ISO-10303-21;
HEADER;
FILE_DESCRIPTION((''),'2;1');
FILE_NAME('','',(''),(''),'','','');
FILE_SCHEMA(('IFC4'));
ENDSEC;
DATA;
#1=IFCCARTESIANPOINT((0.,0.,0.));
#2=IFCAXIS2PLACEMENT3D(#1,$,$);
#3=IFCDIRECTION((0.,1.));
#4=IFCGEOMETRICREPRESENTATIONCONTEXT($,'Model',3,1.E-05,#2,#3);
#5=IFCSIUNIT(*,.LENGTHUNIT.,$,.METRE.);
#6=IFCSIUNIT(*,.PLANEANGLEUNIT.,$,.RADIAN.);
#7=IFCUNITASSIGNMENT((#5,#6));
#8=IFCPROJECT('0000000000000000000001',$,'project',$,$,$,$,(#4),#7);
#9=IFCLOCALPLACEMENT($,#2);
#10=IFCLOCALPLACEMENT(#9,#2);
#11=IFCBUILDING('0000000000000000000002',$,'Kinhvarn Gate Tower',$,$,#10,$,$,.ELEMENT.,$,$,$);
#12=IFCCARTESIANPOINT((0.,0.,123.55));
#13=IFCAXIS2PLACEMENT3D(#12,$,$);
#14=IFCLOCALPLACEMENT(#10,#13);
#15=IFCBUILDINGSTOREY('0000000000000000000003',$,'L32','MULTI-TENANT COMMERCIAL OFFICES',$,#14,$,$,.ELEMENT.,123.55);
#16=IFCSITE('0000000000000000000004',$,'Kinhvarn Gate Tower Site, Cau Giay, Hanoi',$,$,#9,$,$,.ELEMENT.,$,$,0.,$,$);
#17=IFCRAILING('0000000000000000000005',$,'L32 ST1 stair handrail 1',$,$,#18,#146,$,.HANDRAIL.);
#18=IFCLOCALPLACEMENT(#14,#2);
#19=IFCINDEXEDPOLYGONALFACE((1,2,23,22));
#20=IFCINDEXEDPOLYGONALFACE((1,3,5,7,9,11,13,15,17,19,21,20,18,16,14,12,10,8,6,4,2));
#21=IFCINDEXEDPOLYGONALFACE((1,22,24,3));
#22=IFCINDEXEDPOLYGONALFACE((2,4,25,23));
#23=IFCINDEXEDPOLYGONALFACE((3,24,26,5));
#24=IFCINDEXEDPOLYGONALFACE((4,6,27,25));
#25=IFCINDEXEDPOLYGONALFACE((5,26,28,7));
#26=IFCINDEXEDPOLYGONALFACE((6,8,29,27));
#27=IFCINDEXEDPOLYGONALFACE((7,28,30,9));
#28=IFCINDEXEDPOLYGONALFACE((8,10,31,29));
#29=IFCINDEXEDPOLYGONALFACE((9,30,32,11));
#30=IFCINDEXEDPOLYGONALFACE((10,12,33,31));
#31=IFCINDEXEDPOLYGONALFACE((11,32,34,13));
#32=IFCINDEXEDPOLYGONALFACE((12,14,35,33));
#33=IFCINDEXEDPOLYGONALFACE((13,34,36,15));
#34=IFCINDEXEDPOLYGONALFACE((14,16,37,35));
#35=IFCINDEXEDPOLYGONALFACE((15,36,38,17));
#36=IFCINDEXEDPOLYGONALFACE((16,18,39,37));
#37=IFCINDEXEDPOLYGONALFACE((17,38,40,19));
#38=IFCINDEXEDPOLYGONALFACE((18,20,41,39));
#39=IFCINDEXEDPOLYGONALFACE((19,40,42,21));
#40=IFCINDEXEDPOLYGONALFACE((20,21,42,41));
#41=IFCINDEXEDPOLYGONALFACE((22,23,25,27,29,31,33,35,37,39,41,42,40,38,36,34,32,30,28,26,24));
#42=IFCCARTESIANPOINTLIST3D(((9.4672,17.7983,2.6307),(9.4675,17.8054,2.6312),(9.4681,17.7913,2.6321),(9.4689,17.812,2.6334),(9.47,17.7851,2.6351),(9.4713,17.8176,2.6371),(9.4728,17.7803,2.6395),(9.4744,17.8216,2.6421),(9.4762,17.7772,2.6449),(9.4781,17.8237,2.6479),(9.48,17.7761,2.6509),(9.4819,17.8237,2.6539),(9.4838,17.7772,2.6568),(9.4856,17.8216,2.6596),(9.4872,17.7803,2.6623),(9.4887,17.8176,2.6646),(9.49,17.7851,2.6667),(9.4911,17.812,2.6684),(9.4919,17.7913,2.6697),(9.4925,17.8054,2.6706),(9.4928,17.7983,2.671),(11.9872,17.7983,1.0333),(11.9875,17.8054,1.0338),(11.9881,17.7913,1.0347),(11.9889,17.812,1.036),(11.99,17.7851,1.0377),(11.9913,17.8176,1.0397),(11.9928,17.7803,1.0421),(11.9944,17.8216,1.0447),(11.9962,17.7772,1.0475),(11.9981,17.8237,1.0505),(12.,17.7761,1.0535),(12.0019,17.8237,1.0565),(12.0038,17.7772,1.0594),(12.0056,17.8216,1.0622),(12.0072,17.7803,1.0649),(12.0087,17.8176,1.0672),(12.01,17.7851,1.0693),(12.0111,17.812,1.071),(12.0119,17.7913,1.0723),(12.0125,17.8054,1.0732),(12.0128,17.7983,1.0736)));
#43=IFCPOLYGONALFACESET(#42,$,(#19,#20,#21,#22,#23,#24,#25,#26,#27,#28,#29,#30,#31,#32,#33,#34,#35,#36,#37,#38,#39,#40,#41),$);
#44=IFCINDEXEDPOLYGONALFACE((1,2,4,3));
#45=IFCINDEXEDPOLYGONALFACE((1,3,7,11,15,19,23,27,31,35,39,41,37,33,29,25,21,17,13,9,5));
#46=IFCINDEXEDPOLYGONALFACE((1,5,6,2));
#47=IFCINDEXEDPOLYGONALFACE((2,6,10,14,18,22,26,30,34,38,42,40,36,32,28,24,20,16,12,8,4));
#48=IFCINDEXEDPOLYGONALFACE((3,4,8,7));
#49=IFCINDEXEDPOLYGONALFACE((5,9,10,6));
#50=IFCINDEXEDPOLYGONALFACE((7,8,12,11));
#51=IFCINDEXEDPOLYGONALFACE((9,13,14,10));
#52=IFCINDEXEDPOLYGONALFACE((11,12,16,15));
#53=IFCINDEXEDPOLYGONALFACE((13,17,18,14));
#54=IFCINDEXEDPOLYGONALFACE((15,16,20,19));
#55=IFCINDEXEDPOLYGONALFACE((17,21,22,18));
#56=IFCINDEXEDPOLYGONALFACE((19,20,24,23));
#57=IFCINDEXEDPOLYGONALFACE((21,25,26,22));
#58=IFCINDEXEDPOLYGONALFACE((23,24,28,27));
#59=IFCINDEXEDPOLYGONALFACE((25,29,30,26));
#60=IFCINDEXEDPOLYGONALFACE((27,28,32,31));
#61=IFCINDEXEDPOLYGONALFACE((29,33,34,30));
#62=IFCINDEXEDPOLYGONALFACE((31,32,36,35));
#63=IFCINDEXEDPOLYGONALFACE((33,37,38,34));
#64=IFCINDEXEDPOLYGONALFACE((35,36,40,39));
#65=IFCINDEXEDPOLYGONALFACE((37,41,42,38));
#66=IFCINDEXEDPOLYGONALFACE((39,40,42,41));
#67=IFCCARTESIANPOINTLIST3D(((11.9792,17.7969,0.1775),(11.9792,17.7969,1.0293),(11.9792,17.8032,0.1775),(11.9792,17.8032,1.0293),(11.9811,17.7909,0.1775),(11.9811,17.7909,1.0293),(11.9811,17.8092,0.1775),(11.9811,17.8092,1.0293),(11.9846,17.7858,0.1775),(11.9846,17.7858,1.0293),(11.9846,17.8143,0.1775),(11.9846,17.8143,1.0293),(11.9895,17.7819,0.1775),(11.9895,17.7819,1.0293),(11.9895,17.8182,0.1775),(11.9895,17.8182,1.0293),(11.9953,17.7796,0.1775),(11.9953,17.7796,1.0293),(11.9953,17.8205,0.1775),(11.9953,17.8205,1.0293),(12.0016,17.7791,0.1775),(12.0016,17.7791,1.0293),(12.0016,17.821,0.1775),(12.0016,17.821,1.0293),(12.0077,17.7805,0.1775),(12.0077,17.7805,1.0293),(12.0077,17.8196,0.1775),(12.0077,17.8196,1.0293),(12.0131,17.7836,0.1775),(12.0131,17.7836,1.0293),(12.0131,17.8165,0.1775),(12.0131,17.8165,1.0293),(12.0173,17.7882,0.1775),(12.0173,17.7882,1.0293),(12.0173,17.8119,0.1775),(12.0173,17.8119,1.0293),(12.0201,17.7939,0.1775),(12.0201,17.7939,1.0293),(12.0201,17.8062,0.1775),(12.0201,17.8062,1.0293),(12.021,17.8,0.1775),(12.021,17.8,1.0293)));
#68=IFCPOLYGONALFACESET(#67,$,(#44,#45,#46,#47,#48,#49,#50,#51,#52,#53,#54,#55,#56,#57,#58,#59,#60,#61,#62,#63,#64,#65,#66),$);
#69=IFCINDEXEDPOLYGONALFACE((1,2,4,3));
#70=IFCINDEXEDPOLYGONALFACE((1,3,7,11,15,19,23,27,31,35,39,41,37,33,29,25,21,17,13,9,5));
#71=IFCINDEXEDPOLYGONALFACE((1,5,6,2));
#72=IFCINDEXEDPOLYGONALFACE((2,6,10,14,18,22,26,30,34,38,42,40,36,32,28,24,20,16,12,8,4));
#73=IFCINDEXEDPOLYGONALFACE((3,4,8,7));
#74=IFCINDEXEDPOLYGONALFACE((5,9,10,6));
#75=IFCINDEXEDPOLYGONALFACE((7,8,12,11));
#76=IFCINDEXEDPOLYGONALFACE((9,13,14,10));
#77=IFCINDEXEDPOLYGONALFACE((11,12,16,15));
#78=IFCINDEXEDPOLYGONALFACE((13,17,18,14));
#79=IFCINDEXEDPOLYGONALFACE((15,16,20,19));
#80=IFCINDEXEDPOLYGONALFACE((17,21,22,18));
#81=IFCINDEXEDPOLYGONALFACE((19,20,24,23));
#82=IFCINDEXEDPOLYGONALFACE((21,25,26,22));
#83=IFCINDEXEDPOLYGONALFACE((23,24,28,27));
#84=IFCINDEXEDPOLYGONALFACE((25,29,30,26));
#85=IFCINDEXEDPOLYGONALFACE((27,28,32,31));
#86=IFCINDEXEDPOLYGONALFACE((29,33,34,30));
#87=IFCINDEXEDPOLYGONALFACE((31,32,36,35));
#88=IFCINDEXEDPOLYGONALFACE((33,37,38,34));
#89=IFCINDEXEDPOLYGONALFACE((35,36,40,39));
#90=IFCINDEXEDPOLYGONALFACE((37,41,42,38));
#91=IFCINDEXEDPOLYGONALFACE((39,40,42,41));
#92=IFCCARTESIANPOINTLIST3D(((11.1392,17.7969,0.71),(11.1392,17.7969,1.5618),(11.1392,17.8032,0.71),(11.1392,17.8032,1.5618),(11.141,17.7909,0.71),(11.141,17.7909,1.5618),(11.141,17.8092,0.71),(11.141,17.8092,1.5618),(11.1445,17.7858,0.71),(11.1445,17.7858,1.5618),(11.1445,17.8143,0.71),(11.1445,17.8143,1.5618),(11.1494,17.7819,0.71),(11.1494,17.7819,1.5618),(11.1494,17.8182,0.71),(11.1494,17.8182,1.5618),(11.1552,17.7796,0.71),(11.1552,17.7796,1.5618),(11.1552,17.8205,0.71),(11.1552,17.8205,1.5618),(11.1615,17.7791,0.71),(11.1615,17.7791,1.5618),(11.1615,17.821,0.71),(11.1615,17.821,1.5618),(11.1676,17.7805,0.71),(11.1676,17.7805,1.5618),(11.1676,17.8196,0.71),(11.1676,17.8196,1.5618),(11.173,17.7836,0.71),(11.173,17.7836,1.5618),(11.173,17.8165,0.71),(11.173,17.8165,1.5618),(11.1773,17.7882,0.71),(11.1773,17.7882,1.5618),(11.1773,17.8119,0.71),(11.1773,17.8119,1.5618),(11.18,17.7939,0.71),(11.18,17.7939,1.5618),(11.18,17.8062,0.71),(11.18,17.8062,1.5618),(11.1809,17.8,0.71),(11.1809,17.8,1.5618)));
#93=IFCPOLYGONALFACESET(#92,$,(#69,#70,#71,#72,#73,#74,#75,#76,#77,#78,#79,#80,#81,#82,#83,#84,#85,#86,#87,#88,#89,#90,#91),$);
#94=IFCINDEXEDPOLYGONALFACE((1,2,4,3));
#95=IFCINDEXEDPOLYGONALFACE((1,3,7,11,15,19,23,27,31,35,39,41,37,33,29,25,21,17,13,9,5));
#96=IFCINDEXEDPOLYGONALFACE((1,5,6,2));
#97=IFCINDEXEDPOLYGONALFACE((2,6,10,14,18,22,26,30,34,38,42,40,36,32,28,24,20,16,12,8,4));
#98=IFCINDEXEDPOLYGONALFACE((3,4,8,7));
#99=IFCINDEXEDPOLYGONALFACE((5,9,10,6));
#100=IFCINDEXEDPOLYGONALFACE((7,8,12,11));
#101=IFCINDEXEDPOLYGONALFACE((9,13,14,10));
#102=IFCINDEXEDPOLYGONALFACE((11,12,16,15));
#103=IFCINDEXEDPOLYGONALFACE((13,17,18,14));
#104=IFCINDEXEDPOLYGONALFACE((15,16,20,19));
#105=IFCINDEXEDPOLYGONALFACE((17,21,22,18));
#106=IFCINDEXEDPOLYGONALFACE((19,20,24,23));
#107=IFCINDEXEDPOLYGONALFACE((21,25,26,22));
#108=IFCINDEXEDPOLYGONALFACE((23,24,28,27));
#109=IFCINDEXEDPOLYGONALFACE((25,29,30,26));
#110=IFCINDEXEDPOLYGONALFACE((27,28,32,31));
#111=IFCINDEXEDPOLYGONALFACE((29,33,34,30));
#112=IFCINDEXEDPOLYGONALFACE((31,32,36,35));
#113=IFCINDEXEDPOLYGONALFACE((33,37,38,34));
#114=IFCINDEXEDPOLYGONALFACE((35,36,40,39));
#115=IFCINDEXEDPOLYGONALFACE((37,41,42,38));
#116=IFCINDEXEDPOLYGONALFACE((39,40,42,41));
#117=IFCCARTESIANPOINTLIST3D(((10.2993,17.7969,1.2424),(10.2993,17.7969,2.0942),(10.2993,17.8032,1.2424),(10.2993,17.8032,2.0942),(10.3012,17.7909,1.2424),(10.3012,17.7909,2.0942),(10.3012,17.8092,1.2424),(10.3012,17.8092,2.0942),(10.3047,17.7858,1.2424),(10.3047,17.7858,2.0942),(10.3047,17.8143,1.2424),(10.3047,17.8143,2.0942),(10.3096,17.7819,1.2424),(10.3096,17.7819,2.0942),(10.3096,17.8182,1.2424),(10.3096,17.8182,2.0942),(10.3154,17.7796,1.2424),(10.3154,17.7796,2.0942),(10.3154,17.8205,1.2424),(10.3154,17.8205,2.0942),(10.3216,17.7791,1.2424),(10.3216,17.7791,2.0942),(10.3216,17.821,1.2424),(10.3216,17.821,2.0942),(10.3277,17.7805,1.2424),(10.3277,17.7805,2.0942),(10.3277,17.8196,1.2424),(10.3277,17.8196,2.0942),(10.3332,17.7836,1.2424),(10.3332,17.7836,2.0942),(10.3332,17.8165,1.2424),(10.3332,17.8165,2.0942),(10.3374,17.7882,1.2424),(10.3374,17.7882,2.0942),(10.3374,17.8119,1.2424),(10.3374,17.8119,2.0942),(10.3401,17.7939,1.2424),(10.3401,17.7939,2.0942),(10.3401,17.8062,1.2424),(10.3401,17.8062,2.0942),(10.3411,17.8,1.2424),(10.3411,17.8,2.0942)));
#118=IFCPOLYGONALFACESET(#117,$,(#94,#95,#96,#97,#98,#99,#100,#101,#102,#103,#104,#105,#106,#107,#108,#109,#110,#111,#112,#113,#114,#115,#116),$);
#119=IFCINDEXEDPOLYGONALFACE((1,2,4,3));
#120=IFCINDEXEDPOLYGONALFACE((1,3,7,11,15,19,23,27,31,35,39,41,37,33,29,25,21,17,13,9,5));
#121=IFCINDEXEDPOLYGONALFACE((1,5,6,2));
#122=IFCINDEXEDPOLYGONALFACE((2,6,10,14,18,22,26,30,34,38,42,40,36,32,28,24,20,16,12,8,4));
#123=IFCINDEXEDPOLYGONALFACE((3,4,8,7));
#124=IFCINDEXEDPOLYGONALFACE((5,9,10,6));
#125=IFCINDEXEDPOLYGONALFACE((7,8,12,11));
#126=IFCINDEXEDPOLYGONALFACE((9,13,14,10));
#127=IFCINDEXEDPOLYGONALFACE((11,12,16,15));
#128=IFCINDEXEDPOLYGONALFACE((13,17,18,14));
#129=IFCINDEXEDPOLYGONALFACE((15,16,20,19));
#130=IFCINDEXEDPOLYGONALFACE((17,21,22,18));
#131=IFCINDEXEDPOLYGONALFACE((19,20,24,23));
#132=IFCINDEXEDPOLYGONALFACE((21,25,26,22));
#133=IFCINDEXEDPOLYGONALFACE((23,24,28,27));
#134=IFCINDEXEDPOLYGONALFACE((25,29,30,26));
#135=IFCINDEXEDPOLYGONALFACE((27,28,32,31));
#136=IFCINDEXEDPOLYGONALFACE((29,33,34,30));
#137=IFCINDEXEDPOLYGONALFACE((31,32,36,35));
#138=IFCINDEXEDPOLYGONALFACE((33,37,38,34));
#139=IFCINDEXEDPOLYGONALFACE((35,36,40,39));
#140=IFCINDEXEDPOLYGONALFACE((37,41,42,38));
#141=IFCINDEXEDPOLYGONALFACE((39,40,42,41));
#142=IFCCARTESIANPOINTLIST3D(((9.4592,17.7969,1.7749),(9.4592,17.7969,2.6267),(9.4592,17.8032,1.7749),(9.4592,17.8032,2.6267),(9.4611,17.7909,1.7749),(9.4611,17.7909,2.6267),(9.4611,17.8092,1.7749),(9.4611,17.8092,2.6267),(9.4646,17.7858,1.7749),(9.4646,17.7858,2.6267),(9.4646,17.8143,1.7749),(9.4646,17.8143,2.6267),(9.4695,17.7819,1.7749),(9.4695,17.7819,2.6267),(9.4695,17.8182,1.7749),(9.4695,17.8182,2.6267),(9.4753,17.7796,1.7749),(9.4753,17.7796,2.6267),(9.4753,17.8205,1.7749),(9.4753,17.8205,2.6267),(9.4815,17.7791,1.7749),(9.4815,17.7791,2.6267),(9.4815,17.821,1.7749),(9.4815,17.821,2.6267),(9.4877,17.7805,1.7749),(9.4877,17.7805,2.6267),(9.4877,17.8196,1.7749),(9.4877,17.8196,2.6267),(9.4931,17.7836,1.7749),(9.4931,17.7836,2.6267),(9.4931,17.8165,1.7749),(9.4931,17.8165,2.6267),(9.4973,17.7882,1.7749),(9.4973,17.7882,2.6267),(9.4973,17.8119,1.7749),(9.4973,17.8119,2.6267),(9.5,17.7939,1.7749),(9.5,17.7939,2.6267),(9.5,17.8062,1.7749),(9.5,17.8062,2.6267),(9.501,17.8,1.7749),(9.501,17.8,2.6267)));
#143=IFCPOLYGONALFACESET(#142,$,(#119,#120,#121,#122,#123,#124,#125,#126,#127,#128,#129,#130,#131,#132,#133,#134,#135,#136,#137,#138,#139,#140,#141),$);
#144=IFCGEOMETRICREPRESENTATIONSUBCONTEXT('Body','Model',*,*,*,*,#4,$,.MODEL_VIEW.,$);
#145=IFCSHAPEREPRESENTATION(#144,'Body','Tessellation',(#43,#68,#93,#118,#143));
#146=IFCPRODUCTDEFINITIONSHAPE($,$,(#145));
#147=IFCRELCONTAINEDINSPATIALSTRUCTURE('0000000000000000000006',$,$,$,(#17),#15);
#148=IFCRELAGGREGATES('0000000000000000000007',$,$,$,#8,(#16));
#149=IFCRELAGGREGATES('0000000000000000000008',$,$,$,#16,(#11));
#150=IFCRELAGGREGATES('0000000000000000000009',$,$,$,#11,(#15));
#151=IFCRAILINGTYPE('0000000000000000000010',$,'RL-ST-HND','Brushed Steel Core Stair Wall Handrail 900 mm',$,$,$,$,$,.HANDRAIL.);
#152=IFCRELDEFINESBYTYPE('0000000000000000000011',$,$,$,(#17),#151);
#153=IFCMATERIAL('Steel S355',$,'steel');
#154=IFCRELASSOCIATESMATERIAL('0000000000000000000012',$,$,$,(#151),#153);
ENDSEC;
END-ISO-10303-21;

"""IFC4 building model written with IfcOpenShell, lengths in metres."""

from ifc_helpers import new_model, si_unit, direction, frame, origin, origin_2d, place, context, subcontext, project, spatial, circle, extrude, material, type_object, element, save


model = new_model("IFC4")

# Units and contexts
model_context = context("Model", 3, precision=1e-05, world=origin(), true_north=direction((0.0, 1.0)))
body_context = subcontext(model_context, "Body", "Model", "MODEL_VIEW")
ifc_project = project(units=[si_unit("LENGTHUNIT", "METRE"), si_unit("PLANEANGLEUNIT", "RADIAN")], contexts=[model_context])

# Site, building, storey
site_placement = place(None, origin())
site = spatial("IfcSite", under=ifc_project, at=site_placement, Name="Kinhvarn Gate Tower Site, Cau Giay, Hanoi", CompositionType="ELEMENT", RefElevation=0.0)
building_placement = place(site_placement, origin())
building = spatial("IfcBuilding", under=site, at=building_placement, Name="Kinhvarn Gate Tower", CompositionType="ELEMENT")
storey_placement = place(building_placement, frame((0.0, 0.0, 123.55)))
storey = spatial("IfcBuildingStorey", under=building, at=storey_placement, Name="L32", Description="MULTI-TENANT COMMERCIAL OFFICES", CompositionType="ELEMENT", Elevation=123.55)

# Shared definitions
ifc_material_1 = material(Name="Steel S355", Category="steel")

# Railing
railing_type_1 = type_object("IfcRailingType", Name="RL-ST-HND", Description="Brushed Steel Core Stair Wall Handrail 900 mm", PredefinedType="HANDRAIL", material=ifc_material_1)
railing_1_placement = place(storey_placement, frame((12.0, 17.8, 0.1775)))
element("IfcRailing", 1, at=railing_1_placement, inside=storey, type_object=railing_type_1, Name="L32 ST1 stair handrail 1", PredefinedType="HANDRAIL", context=body_context, shape_type="SweptSolid", body=[
    extrude(circle(Radius=0.0239, at=origin_2d()), frame((0.0, 0.0, 0.876), z_axis=(-0.844607, 0.0, 0.535387), x_axis=(0.0, -1.0, 0.0)), (0.0, 0.0, 1.0), 2.9836),
    extrude(circle(Radius=0.021, at=origin_2d()), origin(), (0.0, 0.0, 1.0), 0.8518),
    extrude(circle(Radius=0.021, at=origin_2d()), frame((-0.8401, 0.0, 0.5325)), (0.0, 0.0, 1.0), 0.8518),
    extrude(circle(Radius=0.021, at=origin_2d()), frame((-1.6799, 0.0, 1.0649)), (0.0, 0.0, 1.0), 0.8518),
    extrude(circle(Radius=0.021, at=origin_2d()), frame((-2.52, 0.0, 1.5974)), (0.0, 0.0, 1.0), 0.8518),
])

save(model, "model.ifc")
